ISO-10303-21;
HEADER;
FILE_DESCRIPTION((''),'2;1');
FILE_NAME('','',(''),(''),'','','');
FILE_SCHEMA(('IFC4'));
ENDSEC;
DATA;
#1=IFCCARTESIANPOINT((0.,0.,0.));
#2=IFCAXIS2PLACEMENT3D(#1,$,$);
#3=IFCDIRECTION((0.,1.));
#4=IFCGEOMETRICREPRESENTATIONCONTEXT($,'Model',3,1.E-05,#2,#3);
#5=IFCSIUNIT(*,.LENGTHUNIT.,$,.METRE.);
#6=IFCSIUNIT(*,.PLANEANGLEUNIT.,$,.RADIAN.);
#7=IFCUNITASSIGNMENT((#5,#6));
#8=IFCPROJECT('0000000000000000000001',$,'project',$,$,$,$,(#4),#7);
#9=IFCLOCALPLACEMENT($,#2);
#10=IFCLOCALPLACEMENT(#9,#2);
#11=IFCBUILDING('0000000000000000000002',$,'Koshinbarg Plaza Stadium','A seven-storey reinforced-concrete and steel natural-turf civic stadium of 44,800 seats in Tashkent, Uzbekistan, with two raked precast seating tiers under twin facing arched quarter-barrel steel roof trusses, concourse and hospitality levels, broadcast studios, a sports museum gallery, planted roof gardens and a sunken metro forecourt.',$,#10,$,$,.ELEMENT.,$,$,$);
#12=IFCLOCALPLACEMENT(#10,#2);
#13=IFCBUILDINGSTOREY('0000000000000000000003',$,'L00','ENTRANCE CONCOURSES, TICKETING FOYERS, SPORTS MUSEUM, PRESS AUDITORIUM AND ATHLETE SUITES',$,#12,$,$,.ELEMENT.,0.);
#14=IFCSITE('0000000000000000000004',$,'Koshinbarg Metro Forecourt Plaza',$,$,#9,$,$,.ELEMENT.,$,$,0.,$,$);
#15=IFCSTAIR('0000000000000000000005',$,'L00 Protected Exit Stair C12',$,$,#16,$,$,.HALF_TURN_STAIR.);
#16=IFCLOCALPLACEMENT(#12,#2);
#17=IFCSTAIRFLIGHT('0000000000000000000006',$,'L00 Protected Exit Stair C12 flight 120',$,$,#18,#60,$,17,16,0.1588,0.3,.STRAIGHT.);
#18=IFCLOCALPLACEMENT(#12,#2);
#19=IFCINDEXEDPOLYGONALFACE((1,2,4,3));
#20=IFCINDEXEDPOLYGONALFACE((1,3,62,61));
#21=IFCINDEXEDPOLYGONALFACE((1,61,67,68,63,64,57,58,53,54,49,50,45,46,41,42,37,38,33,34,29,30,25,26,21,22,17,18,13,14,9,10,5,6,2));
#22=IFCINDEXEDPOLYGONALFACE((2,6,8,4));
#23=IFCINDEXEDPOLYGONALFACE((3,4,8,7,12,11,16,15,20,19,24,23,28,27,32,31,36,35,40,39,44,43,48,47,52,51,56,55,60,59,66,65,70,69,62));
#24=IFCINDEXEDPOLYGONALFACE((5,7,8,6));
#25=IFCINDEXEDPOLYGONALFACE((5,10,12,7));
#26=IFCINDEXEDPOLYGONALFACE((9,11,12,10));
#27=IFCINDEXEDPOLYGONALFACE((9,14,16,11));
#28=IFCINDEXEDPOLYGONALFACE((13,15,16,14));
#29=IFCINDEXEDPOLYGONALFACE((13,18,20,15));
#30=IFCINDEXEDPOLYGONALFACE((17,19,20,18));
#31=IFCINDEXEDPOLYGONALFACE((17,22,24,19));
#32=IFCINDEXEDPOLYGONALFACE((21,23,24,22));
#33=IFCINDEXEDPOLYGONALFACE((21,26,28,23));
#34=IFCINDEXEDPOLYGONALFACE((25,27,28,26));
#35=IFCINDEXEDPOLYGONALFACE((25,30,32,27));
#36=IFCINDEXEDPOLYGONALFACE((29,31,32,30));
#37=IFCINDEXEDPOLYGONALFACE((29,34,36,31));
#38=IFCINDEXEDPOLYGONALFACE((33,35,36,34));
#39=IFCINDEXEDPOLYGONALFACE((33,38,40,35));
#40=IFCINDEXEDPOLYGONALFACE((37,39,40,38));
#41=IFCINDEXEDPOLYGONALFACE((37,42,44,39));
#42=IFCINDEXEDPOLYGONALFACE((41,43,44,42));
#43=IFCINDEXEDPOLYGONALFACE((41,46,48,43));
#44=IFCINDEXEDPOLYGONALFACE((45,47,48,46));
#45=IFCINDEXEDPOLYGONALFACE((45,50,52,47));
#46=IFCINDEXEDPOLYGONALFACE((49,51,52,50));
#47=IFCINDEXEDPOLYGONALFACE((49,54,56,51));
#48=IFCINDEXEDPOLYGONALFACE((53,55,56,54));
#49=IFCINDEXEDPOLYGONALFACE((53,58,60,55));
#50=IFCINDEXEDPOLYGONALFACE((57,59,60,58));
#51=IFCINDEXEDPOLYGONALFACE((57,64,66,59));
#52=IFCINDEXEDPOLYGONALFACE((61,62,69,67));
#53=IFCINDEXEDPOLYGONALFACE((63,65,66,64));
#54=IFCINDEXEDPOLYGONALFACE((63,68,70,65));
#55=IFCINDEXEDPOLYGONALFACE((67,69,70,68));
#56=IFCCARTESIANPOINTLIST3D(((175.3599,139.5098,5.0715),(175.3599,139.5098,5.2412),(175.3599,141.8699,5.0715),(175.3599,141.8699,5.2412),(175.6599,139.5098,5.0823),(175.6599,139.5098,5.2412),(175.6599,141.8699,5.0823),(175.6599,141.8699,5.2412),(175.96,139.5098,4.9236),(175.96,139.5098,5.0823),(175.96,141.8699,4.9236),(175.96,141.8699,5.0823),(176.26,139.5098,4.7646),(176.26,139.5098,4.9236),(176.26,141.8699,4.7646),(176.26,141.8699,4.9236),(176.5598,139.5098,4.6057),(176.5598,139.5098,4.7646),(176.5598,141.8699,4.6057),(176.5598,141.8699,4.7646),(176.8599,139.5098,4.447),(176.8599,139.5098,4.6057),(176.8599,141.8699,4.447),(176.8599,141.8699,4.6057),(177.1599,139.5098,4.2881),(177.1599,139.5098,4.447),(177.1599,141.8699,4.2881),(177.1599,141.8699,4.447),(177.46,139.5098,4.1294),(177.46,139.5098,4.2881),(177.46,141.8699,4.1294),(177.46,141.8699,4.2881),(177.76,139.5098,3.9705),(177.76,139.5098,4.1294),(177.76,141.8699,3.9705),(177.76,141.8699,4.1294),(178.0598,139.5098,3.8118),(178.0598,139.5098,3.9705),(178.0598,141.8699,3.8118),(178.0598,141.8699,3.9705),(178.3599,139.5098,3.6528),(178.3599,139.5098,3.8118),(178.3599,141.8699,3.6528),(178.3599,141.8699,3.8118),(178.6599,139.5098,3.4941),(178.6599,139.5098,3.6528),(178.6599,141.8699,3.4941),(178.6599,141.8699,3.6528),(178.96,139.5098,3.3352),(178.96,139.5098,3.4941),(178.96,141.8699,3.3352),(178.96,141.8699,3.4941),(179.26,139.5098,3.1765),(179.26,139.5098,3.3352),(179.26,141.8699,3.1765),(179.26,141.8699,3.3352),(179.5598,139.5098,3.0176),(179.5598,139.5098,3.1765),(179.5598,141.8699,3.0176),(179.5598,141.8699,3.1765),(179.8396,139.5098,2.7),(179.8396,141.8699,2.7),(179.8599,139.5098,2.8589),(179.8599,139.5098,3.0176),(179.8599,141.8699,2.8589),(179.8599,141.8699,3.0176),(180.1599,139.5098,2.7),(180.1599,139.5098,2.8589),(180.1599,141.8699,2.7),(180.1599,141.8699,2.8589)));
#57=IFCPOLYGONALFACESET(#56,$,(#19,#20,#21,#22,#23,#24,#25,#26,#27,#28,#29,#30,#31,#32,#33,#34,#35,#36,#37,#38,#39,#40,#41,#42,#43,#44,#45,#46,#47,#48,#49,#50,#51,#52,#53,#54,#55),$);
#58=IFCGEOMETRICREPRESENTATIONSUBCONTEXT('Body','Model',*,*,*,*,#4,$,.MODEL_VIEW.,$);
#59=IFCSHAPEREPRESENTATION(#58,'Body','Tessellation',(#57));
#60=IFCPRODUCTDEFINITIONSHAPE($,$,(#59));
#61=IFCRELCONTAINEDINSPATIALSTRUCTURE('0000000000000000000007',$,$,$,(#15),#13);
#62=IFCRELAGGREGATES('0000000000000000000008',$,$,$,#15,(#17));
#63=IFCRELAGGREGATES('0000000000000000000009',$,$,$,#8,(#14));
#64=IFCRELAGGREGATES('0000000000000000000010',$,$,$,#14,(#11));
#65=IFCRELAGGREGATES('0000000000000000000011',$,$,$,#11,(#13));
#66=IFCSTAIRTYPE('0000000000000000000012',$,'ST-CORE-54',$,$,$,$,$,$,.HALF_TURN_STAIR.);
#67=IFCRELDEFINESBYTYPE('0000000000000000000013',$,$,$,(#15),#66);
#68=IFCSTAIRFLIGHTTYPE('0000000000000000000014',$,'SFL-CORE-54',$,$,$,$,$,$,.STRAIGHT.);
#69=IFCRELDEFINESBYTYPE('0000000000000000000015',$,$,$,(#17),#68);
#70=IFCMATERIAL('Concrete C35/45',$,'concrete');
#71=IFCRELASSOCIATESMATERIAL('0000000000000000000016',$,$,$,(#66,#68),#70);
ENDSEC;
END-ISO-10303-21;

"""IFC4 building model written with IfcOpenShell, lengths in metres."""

from ifc_helpers import new_model, si_unit, direction, frame, origin, place, context, subcontext, project, spatial, polyline, outline, extrude, material, type_object, element, aggregate, save


model = new_model("IFC4")

# Units and contexts
model_context = context("Model", 3, precision=1e-05, world=origin(), true_north=direction((0.0, 1.0)))
body_context = subcontext(model_context, "Body", "Model", "MODEL_VIEW")
ifc_project = project(units=[si_unit("LENGTHUNIT", "METRE"), si_unit("PLANEANGLEUNIT", "RADIAN")], contexts=[model_context])

# Site, building, storey
site_placement = place(None, origin())
site = spatial("IfcSite", under=ifc_project, at=site_placement, Name="Koshinbarg Metro Forecourt Plaza", CompositionType="ELEMENT", RefElevation=0.0)
building_placement = place(site_placement, origin())
building = spatial("IfcBuilding", under=site, at=building_placement, Name="Koshinbarg Plaza Stadium", Description="A seven-storey reinforced-concrete and steel natural-turf civic stadium of 44,800 seats in Tashkent, Uzbekistan, with two raked precast seating tiers under twin facing arched quarter-barrel steel roof trusses, concourse and hospitality levels, broadcast studios, a sports museum gallery, planted roof gardens and a sunken metro forecourt.", CompositionType="ELEMENT")
storey_placement = place(building_placement, origin())
storey = spatial("IfcBuildingStorey", under=building, at=storey_placement, Name="L00", Description="ENTRANCE CONCOURSES, TICKETING FOYERS, SPORTS MUSEUM, PRESS AUDITORIUM AND ATHLETE SUITES", CompositionType="ELEMENT", Elevation=0.0)

# Shared definitions
ifc_material_1 = material(Name="Concrete C35/45", Category="concrete")

# Stair, stair flight
stair_type = type_object("IfcStairType", Name="ST-CORE-54", PredefinedType="HALF_TURN_STAIR", material=ifc_material_1)
stair_placement = place(storey_placement, origin())
stair = element("IfcStair", 1, at=stair_placement, inside=storey, type_object=stair_type, Name="L00 Protected Exit Stair C12", PredefinedType="HALF_TURN_STAIR")
stair_flight_type = type_object("IfcStairFlightType", Name="SFL-CORE-54", PredefinedType="STRAIGHT", material=ifc_material_1)
stair_flight_1_placement = place(storey_placement, frame((180.1599, 140.6899, 2.7), z_axis=(0.0, 0.0, 1.0), x_axis=(-1.0, 0.0, 0.0)))
stair_flight_1 = element("IfcStairFlight", 2, at=stair_flight_1_placement, type_object=stair_flight_type, Name="L00 Protected Exit Stair C12 flight 120", NumberOfRisers=17, NumberOfTreads=16, PredefinedType="STRAIGHT", RiserHeight=0.1588, TreadLength=0.3, context=body_context, shape_type="SweptSolid", body=[
    extrude(outline(polyline([(0.0, 0.0), (0.0, 0.1589), (0.3, 0.1589), (0.3, 0.3176), (0.6001, 0.3176), (0.6001, 0.4766), (0.8999, 0.4766), (0.8999, 0.6353), (1.2, 0.6353), (1.2, 0.7942), (1.5, 0.7942), (1.5, 0.9529), (1.8, 0.9529), (1.8, 1.1118), (2.1001, 1.1118), (2.1001, 1.2705), (2.3999, 1.2705), (2.3999, 1.4294), (2.7, 1.4294), (2.7, 1.5881), (3.0, 1.5881), (3.0, 1.7471), (3.3, 1.7471), (3.3, 1.9058), (3.6001, 1.9058), (3.6001, 2.0647), (3.8999, 2.0647), (3.8999, 2.2236), (4.2, 2.2236), (4.2, 2.3823), (4.5, 2.3823), (4.5, 2.5413), (4.8, 2.5413), (4.8, 2.7), (4.8, 2.3716), (0.3203, 0.0), (0.0, 0.0)])), frame((0.0, 1.1802, 0.0), z_axis=(0.0, -1.0, 0.0), x_axis=(1.0, 0.0, 0.0)), (0.0, 0.0, 1.0), 2.3601),
])
aggregate(stair, [stair_flight_1])

save(model, "model.ifc")
